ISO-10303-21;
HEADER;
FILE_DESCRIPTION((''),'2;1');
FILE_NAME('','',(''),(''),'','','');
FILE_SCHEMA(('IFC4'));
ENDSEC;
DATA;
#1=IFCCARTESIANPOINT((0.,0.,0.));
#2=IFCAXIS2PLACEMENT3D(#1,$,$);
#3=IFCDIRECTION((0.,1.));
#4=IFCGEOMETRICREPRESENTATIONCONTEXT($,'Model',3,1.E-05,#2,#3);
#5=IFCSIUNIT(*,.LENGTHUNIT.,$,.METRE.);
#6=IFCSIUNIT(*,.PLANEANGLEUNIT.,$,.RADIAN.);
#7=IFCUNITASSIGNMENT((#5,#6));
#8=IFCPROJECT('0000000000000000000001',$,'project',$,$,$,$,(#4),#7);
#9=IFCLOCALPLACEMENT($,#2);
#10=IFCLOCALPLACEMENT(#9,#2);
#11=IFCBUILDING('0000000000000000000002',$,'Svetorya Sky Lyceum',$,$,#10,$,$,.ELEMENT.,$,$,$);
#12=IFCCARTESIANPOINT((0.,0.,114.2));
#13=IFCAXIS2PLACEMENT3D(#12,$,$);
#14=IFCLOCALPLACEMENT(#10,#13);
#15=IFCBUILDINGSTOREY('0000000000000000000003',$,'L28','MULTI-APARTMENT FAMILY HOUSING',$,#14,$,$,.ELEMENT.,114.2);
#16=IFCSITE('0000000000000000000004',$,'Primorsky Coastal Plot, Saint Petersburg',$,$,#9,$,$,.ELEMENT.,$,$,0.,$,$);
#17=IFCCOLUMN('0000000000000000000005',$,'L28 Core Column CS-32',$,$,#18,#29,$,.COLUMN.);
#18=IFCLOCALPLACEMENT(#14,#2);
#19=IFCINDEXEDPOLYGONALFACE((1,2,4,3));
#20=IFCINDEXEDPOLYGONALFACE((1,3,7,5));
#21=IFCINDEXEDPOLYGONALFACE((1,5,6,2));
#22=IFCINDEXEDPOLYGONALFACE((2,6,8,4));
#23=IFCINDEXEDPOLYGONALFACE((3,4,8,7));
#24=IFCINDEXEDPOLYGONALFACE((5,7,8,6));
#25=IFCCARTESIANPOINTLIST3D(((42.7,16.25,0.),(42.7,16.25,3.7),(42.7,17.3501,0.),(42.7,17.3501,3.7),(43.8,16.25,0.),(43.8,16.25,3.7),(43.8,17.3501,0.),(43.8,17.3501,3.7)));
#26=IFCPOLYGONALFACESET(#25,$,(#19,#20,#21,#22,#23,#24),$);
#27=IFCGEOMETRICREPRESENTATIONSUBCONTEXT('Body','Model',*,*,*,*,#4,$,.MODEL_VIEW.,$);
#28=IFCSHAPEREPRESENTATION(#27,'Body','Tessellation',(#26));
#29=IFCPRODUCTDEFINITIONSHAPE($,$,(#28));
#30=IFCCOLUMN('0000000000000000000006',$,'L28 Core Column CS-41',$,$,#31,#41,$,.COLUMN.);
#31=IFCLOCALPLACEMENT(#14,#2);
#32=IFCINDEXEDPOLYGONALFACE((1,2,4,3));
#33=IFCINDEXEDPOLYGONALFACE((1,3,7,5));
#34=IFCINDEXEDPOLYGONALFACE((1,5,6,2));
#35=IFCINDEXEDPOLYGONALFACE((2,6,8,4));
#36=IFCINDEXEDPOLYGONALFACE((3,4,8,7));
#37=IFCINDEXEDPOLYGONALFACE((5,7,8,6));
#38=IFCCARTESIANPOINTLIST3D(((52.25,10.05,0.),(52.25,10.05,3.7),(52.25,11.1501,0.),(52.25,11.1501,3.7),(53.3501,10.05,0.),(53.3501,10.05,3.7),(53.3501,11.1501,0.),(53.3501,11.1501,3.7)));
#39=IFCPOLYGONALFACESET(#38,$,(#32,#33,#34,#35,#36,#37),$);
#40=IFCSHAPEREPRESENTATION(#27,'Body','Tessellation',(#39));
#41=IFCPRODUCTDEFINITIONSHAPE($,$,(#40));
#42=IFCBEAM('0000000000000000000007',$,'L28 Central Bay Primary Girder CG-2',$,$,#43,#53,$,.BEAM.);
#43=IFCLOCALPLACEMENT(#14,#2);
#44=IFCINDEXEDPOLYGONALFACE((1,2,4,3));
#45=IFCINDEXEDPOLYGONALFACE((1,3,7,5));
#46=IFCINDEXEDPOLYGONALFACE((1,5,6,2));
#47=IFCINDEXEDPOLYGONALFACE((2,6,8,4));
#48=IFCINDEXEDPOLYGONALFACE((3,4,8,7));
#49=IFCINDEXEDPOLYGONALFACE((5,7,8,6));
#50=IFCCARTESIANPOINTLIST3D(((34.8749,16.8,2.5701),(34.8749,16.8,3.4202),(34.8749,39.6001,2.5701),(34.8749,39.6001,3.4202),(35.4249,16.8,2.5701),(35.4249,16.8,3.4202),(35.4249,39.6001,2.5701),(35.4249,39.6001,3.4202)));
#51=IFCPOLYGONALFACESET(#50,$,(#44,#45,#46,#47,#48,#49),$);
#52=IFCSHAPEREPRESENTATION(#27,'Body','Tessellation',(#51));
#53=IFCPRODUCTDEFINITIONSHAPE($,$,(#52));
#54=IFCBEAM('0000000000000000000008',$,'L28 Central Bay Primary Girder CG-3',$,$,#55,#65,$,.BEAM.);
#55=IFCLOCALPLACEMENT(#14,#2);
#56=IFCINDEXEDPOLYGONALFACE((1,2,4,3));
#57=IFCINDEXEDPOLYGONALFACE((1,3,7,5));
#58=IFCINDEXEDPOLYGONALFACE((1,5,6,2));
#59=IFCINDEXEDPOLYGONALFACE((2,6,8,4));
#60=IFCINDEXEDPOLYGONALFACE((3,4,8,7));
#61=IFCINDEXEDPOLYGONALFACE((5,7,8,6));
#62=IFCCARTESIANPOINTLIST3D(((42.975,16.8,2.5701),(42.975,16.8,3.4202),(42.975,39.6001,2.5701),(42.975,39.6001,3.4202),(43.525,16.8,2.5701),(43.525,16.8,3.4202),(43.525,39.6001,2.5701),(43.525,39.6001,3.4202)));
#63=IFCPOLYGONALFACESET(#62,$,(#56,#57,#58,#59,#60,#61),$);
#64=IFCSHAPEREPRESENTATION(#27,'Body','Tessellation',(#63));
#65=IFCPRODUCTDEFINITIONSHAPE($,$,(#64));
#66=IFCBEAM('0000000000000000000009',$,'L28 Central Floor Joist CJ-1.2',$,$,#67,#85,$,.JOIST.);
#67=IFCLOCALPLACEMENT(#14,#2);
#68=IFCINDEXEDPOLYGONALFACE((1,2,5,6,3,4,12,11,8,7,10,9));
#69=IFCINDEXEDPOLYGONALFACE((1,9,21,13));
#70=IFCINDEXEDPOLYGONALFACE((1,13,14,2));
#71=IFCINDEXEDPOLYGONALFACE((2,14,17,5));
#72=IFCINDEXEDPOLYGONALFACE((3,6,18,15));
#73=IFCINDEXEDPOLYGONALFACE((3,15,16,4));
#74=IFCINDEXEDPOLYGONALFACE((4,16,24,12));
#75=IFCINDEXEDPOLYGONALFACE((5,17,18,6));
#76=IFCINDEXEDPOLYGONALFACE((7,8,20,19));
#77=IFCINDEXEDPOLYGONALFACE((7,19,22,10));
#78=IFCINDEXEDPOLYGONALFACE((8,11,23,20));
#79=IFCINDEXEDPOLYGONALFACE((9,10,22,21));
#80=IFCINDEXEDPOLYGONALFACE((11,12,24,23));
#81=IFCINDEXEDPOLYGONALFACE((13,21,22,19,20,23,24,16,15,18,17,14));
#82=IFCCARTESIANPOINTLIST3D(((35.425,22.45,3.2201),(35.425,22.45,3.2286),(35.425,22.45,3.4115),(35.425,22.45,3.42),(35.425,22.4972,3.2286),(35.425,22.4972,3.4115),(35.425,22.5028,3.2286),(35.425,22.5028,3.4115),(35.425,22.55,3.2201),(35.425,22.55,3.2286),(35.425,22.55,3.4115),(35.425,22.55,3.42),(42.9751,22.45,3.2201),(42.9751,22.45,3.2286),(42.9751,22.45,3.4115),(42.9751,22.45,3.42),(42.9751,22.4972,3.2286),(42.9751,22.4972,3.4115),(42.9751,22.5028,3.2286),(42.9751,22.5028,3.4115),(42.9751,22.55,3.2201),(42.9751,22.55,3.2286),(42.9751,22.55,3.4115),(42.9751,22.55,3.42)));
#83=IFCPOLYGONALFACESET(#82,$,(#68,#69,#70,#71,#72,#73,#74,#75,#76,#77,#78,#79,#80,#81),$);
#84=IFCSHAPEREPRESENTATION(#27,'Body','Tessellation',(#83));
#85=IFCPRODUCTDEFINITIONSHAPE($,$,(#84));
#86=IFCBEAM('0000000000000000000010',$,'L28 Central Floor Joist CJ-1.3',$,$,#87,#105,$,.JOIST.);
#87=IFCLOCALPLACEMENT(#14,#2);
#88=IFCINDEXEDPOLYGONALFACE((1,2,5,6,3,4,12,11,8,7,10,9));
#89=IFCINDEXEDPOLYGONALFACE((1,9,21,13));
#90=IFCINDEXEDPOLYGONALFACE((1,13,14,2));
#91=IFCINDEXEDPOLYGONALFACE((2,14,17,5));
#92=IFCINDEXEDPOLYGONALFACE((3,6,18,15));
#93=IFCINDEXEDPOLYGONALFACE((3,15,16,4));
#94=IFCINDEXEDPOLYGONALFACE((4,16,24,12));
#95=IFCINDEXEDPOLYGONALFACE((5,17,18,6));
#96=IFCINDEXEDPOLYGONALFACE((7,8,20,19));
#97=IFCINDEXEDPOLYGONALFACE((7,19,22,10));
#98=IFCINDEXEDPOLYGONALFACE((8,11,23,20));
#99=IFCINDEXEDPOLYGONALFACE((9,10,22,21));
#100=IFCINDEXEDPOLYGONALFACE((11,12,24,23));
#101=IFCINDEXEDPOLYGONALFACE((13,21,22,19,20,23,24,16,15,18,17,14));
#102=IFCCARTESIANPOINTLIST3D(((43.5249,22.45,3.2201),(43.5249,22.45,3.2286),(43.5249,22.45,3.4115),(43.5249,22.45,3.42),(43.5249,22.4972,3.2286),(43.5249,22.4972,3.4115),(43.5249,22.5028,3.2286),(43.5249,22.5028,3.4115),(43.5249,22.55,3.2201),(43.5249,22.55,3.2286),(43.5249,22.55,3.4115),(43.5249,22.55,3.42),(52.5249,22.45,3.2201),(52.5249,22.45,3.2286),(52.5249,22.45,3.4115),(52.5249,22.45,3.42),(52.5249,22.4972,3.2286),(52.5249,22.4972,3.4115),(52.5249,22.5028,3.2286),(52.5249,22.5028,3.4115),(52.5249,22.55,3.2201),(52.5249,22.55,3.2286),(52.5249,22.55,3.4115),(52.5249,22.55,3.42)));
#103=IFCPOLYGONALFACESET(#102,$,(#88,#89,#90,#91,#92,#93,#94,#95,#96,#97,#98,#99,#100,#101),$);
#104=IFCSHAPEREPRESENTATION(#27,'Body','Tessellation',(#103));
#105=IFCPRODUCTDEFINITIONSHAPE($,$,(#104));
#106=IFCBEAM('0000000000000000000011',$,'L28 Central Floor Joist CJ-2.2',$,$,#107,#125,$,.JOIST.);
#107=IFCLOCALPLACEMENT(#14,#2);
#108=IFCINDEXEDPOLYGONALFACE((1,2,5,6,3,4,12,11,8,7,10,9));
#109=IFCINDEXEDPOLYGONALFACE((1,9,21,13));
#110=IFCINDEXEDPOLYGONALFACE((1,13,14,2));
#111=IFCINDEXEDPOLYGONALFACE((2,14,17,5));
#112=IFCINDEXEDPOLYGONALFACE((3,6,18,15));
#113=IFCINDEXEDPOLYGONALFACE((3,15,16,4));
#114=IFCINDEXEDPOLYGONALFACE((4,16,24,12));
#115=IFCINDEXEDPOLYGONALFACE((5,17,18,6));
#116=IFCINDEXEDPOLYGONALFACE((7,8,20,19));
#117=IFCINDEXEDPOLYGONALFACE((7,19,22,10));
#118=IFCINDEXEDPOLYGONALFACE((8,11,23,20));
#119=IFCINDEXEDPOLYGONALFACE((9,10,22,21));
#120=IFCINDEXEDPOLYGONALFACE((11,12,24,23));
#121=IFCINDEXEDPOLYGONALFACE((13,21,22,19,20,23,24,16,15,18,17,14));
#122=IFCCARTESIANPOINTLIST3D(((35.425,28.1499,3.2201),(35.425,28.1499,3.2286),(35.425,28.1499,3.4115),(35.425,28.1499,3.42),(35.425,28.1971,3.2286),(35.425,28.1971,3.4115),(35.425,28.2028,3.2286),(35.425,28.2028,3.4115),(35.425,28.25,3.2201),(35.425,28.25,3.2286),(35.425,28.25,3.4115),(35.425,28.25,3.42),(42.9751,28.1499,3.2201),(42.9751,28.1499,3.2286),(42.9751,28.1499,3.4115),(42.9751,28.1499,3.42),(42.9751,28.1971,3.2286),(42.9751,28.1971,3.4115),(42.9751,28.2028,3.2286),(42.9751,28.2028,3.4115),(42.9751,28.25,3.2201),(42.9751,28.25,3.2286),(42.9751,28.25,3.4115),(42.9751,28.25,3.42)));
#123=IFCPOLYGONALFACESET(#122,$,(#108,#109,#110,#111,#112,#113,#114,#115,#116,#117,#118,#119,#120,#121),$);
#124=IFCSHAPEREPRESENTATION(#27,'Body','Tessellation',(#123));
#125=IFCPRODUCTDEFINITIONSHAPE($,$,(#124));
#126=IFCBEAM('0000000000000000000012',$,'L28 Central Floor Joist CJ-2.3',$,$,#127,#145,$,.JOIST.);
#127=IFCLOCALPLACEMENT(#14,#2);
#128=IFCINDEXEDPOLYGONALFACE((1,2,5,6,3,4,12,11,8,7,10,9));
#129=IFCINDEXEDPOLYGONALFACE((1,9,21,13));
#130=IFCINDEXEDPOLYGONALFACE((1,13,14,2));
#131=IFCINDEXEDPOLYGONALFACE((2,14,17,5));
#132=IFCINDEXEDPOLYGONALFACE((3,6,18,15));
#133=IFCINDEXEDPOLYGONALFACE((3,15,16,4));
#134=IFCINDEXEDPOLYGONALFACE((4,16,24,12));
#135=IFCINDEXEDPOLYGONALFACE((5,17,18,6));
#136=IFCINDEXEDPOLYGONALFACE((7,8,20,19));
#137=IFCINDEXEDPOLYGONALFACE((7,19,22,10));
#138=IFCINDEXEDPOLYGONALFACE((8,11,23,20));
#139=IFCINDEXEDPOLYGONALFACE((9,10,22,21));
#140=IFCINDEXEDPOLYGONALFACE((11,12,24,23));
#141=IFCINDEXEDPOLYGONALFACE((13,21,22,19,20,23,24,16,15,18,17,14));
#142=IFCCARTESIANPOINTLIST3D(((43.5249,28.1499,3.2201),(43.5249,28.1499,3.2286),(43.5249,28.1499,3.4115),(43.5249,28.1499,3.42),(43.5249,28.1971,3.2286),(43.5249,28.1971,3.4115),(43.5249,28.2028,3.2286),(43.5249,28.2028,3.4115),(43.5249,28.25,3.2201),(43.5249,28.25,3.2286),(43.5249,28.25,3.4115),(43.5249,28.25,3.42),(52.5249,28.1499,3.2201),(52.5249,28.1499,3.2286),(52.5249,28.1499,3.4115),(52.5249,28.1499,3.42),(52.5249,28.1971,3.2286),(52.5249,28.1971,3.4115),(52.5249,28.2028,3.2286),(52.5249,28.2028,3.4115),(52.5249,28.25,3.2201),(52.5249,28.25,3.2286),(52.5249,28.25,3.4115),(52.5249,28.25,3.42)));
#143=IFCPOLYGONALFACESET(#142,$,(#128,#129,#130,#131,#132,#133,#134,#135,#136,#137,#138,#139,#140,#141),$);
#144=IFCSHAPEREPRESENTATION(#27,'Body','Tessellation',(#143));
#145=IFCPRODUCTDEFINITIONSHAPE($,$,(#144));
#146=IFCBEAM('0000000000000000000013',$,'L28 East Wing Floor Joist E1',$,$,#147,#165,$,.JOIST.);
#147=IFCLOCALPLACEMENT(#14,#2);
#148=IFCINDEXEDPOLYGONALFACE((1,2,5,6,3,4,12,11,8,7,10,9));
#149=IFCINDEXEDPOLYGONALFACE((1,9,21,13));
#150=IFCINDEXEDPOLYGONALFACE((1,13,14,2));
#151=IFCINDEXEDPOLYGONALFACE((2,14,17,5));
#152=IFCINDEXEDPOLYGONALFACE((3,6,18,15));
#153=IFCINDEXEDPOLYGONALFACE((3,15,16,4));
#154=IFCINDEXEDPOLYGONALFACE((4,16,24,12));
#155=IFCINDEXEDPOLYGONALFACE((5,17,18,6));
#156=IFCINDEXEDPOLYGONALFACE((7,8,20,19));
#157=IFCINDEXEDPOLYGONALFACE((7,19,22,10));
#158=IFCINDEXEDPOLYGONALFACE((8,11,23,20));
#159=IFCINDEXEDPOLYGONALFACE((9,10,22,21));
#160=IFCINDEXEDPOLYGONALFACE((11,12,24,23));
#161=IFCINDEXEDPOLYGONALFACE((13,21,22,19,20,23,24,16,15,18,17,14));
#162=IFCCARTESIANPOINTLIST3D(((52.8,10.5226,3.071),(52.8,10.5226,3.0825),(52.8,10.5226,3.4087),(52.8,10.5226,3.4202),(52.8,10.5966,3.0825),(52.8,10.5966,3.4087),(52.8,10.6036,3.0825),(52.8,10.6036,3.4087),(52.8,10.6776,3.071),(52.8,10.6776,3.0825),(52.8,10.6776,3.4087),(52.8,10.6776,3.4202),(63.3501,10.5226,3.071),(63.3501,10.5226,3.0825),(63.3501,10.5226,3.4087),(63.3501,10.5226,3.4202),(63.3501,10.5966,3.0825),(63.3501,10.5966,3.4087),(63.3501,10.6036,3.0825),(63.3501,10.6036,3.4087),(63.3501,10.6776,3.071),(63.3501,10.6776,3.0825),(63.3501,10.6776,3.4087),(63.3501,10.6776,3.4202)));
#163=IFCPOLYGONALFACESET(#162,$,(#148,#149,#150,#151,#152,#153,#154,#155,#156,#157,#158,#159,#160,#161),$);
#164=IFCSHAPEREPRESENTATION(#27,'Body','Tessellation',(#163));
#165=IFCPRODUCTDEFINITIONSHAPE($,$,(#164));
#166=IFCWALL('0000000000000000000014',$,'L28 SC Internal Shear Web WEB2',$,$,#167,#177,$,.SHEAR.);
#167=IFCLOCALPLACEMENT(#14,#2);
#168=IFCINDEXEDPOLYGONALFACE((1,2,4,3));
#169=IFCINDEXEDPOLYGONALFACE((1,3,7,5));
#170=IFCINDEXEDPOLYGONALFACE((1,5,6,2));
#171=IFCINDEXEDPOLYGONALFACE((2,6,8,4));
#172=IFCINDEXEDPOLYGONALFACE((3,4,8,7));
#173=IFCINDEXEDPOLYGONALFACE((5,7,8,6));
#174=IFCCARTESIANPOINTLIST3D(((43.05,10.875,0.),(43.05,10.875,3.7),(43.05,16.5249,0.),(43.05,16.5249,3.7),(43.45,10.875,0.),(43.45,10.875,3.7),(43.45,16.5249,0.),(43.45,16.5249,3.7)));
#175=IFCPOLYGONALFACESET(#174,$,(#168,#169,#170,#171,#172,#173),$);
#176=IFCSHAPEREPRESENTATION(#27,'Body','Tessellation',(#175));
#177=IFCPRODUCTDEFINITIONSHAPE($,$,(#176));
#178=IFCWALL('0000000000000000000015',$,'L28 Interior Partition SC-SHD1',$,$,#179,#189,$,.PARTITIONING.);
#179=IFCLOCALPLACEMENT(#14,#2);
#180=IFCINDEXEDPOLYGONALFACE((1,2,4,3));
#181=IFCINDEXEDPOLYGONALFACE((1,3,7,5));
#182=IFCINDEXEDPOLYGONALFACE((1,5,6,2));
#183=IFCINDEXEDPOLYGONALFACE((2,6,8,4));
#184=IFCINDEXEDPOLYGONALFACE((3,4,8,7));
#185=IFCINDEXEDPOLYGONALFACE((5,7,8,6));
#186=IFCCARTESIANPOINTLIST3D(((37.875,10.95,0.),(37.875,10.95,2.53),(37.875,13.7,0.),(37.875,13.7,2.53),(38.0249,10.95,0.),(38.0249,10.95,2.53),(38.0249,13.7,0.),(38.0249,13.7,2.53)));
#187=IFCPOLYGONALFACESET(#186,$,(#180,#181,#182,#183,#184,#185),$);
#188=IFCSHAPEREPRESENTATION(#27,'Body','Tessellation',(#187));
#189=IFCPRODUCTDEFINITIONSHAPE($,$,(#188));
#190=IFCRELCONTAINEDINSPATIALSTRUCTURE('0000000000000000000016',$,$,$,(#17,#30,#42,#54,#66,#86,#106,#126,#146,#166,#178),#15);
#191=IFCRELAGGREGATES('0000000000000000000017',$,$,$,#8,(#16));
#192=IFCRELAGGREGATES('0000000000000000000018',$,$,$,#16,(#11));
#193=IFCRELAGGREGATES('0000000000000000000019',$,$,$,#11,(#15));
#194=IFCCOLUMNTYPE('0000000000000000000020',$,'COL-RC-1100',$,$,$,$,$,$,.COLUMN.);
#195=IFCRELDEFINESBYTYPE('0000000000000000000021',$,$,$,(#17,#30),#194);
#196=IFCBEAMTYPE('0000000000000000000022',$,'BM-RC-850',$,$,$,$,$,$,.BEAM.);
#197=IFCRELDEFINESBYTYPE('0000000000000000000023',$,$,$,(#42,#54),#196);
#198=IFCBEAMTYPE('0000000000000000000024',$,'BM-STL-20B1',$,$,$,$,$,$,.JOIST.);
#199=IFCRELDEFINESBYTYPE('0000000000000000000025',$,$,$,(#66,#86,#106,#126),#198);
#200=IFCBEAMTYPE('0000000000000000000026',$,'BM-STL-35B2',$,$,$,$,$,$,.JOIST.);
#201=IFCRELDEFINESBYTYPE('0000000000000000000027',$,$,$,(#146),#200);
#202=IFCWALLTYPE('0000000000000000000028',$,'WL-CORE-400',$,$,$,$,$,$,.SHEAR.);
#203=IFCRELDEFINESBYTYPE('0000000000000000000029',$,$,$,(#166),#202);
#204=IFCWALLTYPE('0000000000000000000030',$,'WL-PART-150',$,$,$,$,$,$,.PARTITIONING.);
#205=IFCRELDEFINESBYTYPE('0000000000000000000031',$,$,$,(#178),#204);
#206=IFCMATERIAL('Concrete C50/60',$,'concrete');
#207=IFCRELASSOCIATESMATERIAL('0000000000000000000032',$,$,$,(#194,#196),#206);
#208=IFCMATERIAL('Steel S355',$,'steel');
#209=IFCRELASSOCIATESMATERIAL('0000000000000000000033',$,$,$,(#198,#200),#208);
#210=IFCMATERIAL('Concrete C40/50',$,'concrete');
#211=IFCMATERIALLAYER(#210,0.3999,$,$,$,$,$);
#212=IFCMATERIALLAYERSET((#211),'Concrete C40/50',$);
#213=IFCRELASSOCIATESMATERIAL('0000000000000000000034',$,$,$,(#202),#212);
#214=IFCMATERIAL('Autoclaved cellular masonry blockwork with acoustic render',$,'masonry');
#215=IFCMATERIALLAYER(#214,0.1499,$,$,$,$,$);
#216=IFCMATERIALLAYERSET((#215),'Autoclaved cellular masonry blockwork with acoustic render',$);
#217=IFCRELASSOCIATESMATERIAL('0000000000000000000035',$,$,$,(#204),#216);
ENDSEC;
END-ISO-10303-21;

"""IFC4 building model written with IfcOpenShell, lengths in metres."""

from ifc_helpers import new_model, si_unit, direction, frame, frame_2d, origin, origin_2d, place, context, subcontext, project, spatial, rectangle, i_section, extrude, material, layer, layer_set, material_profile, profile_set, type_object, element, save


model = new_model("IFC4")

# Units and contexts
model_context = context("Model", 3, precision=1e-05, world=origin(), true_north=direction((0.0, 1.0)))
body_context = subcontext(model_context, "Body", "Model", "MODEL_VIEW")
ifc_project = project(units=[si_unit("LENGTHUNIT", "METRE"), si_unit("PLANEANGLEUNIT", "RADIAN")], contexts=[model_context])

# Site, building, storey
site_placement = place(None, origin())
site = spatial("IfcSite", under=ifc_project, at=site_placement, Name="Primorsky Coastal Plot, Saint Petersburg", CompositionType="ELEMENT", RefElevation=0.0)
building_placement = place(site_placement, origin())
building = spatial("IfcBuilding", under=site, at=building_placement, Name="Svetorya Sky Lyceum", CompositionType="ELEMENT")
storey_placement = place(building_placement, frame((0.0, 0.0, 114.2)))
storey = spatial("IfcBuildingStorey", under=building, at=storey_placement, Name="L28", Description="MULTI-APARTMENT FAMILY HOUSING", CompositionType="ELEMENT", Elevation=114.2)

# Columns
ifc_material_1 = material(Name="Concrete C50/60", Category="concrete")
ifc_material_profile_1 = material_profile(ifc_material_1, rectangle(XDim=1.1001, YDim=1.1001, at=origin_2d()), Name="RC COL 1100x1100")
ifc_profile_set_1 = profile_set([ifc_material_profile_1], Name="Concrete C50/60")
column_type = type_object("IfcColumnType", Name="COL-RC-1100", PredefinedType="COLUMN", material=ifc_profile_set_1)
for number, where, z_axis, x_axis, name in (
    (1, (43.25, 16.8, 0.0), (0.0, 0.0, 1.0), (1.0, 0.0, 0.0), "L28 Core Column CS-32"),
    (2, (52.8, 10.6001, 0.0), (0.0, 0.0, 1.0), (1.0, 0.0, 0.0), "L28 Core Column CS-41"),
):
    element("IfcColumn", number, at=place(storey_placement, frame(where, z_axis=z_axis, x_axis=x_axis)), inside=storey, type_object=column_type, Name=name, PredefinedType="COLUMN", context=body_context, shape_type="SweptSolid", body=[
        extrude(rectangle(XDim=1.1001, YDim=1.1001, at=origin_2d()), origin(), (0.0, 0.0, 1.0), 3.7),
    ])

# Beams
ifc_material_profile_2 = material_profile(ifc_material_1, rectangle(XDim=0.55, YDim=0.8501, at=origin_2d()), Name="RC BEAM 550x850")
ifc_profile_set_2 = profile_set([ifc_material_profile_2], Name="Concrete C50/60")
beam_type_1 = type_object("IfcBeamType", Name="BM-RC-850", PredefinedType="BEAM", material=ifc_profile_set_2)
for number, where, z_axis, x_axis, name in (
    (3, (35.1499, 16.8, 2.9951), (0.0, 1.0, 0.0), (-1.0, 0.0, 0.0), "L28 Central Bay Primary Girder CG-2"),
    (4, (43.25, 16.8, 2.9951), (0.0, 1.0, 0.0), (-1.0, 0.0, 0.0), "L28 Central Bay Primary Girder CG-3"),
):
    element("IfcBeam", number, at=place(storey_placement, frame(where, z_axis=z_axis, x_axis=x_axis)), inside=storey, type_object=beam_type_1, Name=name, PredefinedType="BEAM", context=body_context, shape_type="SweptSolid", body=[
        extrude(rectangle(XDim=0.55, YDim=0.8501, at=origin_2d()), origin(), (0.0, 0.0, 1.0), 22.8),
    ])
ifc_material_2 = material(Name="Steel S355", Category="steel")
ifc_material_profile_3 = material_profile(ifc_material_2, i_section(OverallWidth=0.1001, OverallDepth=0.2, WebThickness=0.0056, FlangeThickness=0.0085, at=origin_2d()), Name="GOST 20B1")
ifc_profile_set_3 = profile_set([ifc_material_profile_3], Name="Steel S355")
beam_type_2 = type_object("IfcBeamType", Name="BM-STL-20B1", PredefinedType="JOIST", material=ifc_profile_set_3)
beam_1_placement = place(storey_placement, frame((35.425, 22.5, 3.3201), z_axis=(1.0, 0.0, 0.0), x_axis=(0.0, 1.0, 0.0)))
element("IfcBeam", 5, at=beam_1_placement, inside=storey, type_object=beam_type_2, Name="L28 Central Floor Joist CJ-1.2", PredefinedType="JOIST", context=body_context, shape_type="SweptSolid", body=[
    extrude(i_section(OverallWidth=0.1001, OverallDepth=0.2, WebThickness=0.0056, FlangeThickness=0.0085, at=origin_2d()), origin(), (0.0, 0.0, 1.0), 7.55),
])
beam_2_placement = place(storey_placement, frame((43.5249, 22.5, 3.3201), z_axis=(1.0, 0.0, 0.0), x_axis=(0.0, 1.0, 0.0)))
element("IfcBeam", 6, at=beam_2_placement, inside=storey, type_object=beam_type_2, Name="L28 Central Floor Joist CJ-1.3", PredefinedType="JOIST", context=body_context, shape_type="SweptSolid", body=[
    extrude(i_section(OverallWidth=0.1001, OverallDepth=0.2, WebThickness=0.0056, FlangeThickness=0.0085, at=origin_2d()), origin(), (0.0, 0.0, 1.0), 9.0),
])
beam_3_placement = place(storey_placement, frame((35.425, 28.2, 3.3201), z_axis=(1.0, 0.0, 0.0), x_axis=(0.0, 1.0, 0.0)))
element("IfcBeam", 7, at=beam_3_placement, inside=storey, type_object=beam_type_2, Name="L28 Central Floor Joist CJ-2.2", PredefinedType="JOIST", context=body_context, shape_type="SweptSolid", body=[
    extrude(i_section(OverallWidth=0.1001, OverallDepth=0.2, WebThickness=0.0056, FlangeThickness=0.0085, at=origin_2d()), origin(), (0.0, 0.0, 1.0), 7.55),
])
beam_4_placement = place(storey_placement, frame((43.5249, 28.2, 3.3201), z_axis=(1.0, 0.0, 0.0), x_axis=(0.0, 1.0, 0.0)))
element("IfcBeam", 8, at=beam_4_placement, inside=storey, type_object=beam_type_2, Name="L28 Central Floor Joist CJ-2.3", PredefinedType="JOIST", context=body_context, shape_type="SweptSolid", body=[
    extrude(i_section(OverallWidth=0.1001, OverallDepth=0.2, WebThickness=0.0056, FlangeThickness=0.0085, at=origin_2d()), origin(), (0.0, 0.0, 1.0), 9.0),
])
ifc_material_profile_4 = material_profile(ifc_material_2, i_section(OverallWidth=0.155, OverallDepth=0.3491, WebThickness=0.0071, FlangeThickness=0.0115, at=origin_2d()), Name="GOST 35B2")
ifc_profile_set_4 = profile_set([ifc_material_profile_4], Name="Steel S355")
beam_type_3 = type_object("IfcBeamType", Name="BM-STL-35B2", PredefinedType="JOIST", material=ifc_profile_set_4)
beam_5_placement = place(storey_placement, frame((52.8, 10.6001, 3.2456), z_axis=(1.0, 0.0, 0.0), x_axis=(0.0, 1.0, 0.0)))
element("IfcBeam", 9, at=beam_5_placement, inside=storey, type_object=beam_type_3, Name="L28 East Wing Floor Joist E1", PredefinedType="JOIST", context=body_context, shape_type="SweptSolid", body=[
    extrude(i_section(OverallWidth=0.155, OverallDepth=0.3491, WebThickness=0.0071, FlangeThickness=0.0115, at=origin_2d()), origin(), (0.0, 0.0, 1.0), 10.55),
])

# Walls
ifc_material_3 = material(Name="Concrete C40/50", Category="concrete")
ifc_layer_1 = layer(ifc_material_3, 0.3999)
ifc_layer_set_1 = layer_set([ifc_layer_1], Name="Concrete C40/50")
wall_type_1 = type_object("IfcWallType", Name="WL-CORE-400", PredefinedType="SHEAR", material=ifc_layer_set_1)
wall_1_placement = place(storey_placement, frame((43.25, 10.875, 0.0), z_axis=(0.0, 0.0, 1.0), x_axis=(0.0, 1.0, 0.0)))
element("IfcWall", 10, at=wall_1_placement, inside=storey, type_object=wall_type_1, Name="L28 SC Internal Shear Web WEB2", PredefinedType="SHEAR", context=body_context, shape_type="SweptSolid", body=[
    extrude(rectangle(XDim=5.6499, YDim=0.3999, at=frame_2d((2.825, 0.0))), origin(), (0.0, 0.0, 1.0), 3.7),
])
ifc_material_4 = material(Name="Autoclaved cellular masonry blockwork with acoustic render", Category="masonry")
ifc_layer_2 = layer(ifc_material_4, 0.1499)
ifc_layer_set_2 = layer_set([ifc_layer_2], Name="Autoclaved cellular masonry blockwork with acoustic render")
wall_type_2 = type_object("IfcWallType", Name="WL-PART-150", PredefinedType="PARTITIONING", material=ifc_layer_set_2)
for number, where, z_axis, x_axis, name in (
    (11, (37.95, 10.95, 0.0), (0.0, 0.0, 1.0), (0.0, 1.0, 0.0), "L28 Interior Partition SC-SHD1"),
):
    element("IfcWall", number, at=place(storey_placement, frame(where, z_axis=z_axis, x_axis=x_axis)), inside=storey, type_object=wall_type_2, Name=name, PredefinedType="PARTITIONING", context=body_context, shape_type="SweptSolid", body=[
        extrude(rectangle(XDim=2.75, YDim=0.1499, at=frame_2d((1.375, 0.0))), origin(), (0.0, 0.0, 1.0), 2.53),
    ])

save(model, "model.ifc")
